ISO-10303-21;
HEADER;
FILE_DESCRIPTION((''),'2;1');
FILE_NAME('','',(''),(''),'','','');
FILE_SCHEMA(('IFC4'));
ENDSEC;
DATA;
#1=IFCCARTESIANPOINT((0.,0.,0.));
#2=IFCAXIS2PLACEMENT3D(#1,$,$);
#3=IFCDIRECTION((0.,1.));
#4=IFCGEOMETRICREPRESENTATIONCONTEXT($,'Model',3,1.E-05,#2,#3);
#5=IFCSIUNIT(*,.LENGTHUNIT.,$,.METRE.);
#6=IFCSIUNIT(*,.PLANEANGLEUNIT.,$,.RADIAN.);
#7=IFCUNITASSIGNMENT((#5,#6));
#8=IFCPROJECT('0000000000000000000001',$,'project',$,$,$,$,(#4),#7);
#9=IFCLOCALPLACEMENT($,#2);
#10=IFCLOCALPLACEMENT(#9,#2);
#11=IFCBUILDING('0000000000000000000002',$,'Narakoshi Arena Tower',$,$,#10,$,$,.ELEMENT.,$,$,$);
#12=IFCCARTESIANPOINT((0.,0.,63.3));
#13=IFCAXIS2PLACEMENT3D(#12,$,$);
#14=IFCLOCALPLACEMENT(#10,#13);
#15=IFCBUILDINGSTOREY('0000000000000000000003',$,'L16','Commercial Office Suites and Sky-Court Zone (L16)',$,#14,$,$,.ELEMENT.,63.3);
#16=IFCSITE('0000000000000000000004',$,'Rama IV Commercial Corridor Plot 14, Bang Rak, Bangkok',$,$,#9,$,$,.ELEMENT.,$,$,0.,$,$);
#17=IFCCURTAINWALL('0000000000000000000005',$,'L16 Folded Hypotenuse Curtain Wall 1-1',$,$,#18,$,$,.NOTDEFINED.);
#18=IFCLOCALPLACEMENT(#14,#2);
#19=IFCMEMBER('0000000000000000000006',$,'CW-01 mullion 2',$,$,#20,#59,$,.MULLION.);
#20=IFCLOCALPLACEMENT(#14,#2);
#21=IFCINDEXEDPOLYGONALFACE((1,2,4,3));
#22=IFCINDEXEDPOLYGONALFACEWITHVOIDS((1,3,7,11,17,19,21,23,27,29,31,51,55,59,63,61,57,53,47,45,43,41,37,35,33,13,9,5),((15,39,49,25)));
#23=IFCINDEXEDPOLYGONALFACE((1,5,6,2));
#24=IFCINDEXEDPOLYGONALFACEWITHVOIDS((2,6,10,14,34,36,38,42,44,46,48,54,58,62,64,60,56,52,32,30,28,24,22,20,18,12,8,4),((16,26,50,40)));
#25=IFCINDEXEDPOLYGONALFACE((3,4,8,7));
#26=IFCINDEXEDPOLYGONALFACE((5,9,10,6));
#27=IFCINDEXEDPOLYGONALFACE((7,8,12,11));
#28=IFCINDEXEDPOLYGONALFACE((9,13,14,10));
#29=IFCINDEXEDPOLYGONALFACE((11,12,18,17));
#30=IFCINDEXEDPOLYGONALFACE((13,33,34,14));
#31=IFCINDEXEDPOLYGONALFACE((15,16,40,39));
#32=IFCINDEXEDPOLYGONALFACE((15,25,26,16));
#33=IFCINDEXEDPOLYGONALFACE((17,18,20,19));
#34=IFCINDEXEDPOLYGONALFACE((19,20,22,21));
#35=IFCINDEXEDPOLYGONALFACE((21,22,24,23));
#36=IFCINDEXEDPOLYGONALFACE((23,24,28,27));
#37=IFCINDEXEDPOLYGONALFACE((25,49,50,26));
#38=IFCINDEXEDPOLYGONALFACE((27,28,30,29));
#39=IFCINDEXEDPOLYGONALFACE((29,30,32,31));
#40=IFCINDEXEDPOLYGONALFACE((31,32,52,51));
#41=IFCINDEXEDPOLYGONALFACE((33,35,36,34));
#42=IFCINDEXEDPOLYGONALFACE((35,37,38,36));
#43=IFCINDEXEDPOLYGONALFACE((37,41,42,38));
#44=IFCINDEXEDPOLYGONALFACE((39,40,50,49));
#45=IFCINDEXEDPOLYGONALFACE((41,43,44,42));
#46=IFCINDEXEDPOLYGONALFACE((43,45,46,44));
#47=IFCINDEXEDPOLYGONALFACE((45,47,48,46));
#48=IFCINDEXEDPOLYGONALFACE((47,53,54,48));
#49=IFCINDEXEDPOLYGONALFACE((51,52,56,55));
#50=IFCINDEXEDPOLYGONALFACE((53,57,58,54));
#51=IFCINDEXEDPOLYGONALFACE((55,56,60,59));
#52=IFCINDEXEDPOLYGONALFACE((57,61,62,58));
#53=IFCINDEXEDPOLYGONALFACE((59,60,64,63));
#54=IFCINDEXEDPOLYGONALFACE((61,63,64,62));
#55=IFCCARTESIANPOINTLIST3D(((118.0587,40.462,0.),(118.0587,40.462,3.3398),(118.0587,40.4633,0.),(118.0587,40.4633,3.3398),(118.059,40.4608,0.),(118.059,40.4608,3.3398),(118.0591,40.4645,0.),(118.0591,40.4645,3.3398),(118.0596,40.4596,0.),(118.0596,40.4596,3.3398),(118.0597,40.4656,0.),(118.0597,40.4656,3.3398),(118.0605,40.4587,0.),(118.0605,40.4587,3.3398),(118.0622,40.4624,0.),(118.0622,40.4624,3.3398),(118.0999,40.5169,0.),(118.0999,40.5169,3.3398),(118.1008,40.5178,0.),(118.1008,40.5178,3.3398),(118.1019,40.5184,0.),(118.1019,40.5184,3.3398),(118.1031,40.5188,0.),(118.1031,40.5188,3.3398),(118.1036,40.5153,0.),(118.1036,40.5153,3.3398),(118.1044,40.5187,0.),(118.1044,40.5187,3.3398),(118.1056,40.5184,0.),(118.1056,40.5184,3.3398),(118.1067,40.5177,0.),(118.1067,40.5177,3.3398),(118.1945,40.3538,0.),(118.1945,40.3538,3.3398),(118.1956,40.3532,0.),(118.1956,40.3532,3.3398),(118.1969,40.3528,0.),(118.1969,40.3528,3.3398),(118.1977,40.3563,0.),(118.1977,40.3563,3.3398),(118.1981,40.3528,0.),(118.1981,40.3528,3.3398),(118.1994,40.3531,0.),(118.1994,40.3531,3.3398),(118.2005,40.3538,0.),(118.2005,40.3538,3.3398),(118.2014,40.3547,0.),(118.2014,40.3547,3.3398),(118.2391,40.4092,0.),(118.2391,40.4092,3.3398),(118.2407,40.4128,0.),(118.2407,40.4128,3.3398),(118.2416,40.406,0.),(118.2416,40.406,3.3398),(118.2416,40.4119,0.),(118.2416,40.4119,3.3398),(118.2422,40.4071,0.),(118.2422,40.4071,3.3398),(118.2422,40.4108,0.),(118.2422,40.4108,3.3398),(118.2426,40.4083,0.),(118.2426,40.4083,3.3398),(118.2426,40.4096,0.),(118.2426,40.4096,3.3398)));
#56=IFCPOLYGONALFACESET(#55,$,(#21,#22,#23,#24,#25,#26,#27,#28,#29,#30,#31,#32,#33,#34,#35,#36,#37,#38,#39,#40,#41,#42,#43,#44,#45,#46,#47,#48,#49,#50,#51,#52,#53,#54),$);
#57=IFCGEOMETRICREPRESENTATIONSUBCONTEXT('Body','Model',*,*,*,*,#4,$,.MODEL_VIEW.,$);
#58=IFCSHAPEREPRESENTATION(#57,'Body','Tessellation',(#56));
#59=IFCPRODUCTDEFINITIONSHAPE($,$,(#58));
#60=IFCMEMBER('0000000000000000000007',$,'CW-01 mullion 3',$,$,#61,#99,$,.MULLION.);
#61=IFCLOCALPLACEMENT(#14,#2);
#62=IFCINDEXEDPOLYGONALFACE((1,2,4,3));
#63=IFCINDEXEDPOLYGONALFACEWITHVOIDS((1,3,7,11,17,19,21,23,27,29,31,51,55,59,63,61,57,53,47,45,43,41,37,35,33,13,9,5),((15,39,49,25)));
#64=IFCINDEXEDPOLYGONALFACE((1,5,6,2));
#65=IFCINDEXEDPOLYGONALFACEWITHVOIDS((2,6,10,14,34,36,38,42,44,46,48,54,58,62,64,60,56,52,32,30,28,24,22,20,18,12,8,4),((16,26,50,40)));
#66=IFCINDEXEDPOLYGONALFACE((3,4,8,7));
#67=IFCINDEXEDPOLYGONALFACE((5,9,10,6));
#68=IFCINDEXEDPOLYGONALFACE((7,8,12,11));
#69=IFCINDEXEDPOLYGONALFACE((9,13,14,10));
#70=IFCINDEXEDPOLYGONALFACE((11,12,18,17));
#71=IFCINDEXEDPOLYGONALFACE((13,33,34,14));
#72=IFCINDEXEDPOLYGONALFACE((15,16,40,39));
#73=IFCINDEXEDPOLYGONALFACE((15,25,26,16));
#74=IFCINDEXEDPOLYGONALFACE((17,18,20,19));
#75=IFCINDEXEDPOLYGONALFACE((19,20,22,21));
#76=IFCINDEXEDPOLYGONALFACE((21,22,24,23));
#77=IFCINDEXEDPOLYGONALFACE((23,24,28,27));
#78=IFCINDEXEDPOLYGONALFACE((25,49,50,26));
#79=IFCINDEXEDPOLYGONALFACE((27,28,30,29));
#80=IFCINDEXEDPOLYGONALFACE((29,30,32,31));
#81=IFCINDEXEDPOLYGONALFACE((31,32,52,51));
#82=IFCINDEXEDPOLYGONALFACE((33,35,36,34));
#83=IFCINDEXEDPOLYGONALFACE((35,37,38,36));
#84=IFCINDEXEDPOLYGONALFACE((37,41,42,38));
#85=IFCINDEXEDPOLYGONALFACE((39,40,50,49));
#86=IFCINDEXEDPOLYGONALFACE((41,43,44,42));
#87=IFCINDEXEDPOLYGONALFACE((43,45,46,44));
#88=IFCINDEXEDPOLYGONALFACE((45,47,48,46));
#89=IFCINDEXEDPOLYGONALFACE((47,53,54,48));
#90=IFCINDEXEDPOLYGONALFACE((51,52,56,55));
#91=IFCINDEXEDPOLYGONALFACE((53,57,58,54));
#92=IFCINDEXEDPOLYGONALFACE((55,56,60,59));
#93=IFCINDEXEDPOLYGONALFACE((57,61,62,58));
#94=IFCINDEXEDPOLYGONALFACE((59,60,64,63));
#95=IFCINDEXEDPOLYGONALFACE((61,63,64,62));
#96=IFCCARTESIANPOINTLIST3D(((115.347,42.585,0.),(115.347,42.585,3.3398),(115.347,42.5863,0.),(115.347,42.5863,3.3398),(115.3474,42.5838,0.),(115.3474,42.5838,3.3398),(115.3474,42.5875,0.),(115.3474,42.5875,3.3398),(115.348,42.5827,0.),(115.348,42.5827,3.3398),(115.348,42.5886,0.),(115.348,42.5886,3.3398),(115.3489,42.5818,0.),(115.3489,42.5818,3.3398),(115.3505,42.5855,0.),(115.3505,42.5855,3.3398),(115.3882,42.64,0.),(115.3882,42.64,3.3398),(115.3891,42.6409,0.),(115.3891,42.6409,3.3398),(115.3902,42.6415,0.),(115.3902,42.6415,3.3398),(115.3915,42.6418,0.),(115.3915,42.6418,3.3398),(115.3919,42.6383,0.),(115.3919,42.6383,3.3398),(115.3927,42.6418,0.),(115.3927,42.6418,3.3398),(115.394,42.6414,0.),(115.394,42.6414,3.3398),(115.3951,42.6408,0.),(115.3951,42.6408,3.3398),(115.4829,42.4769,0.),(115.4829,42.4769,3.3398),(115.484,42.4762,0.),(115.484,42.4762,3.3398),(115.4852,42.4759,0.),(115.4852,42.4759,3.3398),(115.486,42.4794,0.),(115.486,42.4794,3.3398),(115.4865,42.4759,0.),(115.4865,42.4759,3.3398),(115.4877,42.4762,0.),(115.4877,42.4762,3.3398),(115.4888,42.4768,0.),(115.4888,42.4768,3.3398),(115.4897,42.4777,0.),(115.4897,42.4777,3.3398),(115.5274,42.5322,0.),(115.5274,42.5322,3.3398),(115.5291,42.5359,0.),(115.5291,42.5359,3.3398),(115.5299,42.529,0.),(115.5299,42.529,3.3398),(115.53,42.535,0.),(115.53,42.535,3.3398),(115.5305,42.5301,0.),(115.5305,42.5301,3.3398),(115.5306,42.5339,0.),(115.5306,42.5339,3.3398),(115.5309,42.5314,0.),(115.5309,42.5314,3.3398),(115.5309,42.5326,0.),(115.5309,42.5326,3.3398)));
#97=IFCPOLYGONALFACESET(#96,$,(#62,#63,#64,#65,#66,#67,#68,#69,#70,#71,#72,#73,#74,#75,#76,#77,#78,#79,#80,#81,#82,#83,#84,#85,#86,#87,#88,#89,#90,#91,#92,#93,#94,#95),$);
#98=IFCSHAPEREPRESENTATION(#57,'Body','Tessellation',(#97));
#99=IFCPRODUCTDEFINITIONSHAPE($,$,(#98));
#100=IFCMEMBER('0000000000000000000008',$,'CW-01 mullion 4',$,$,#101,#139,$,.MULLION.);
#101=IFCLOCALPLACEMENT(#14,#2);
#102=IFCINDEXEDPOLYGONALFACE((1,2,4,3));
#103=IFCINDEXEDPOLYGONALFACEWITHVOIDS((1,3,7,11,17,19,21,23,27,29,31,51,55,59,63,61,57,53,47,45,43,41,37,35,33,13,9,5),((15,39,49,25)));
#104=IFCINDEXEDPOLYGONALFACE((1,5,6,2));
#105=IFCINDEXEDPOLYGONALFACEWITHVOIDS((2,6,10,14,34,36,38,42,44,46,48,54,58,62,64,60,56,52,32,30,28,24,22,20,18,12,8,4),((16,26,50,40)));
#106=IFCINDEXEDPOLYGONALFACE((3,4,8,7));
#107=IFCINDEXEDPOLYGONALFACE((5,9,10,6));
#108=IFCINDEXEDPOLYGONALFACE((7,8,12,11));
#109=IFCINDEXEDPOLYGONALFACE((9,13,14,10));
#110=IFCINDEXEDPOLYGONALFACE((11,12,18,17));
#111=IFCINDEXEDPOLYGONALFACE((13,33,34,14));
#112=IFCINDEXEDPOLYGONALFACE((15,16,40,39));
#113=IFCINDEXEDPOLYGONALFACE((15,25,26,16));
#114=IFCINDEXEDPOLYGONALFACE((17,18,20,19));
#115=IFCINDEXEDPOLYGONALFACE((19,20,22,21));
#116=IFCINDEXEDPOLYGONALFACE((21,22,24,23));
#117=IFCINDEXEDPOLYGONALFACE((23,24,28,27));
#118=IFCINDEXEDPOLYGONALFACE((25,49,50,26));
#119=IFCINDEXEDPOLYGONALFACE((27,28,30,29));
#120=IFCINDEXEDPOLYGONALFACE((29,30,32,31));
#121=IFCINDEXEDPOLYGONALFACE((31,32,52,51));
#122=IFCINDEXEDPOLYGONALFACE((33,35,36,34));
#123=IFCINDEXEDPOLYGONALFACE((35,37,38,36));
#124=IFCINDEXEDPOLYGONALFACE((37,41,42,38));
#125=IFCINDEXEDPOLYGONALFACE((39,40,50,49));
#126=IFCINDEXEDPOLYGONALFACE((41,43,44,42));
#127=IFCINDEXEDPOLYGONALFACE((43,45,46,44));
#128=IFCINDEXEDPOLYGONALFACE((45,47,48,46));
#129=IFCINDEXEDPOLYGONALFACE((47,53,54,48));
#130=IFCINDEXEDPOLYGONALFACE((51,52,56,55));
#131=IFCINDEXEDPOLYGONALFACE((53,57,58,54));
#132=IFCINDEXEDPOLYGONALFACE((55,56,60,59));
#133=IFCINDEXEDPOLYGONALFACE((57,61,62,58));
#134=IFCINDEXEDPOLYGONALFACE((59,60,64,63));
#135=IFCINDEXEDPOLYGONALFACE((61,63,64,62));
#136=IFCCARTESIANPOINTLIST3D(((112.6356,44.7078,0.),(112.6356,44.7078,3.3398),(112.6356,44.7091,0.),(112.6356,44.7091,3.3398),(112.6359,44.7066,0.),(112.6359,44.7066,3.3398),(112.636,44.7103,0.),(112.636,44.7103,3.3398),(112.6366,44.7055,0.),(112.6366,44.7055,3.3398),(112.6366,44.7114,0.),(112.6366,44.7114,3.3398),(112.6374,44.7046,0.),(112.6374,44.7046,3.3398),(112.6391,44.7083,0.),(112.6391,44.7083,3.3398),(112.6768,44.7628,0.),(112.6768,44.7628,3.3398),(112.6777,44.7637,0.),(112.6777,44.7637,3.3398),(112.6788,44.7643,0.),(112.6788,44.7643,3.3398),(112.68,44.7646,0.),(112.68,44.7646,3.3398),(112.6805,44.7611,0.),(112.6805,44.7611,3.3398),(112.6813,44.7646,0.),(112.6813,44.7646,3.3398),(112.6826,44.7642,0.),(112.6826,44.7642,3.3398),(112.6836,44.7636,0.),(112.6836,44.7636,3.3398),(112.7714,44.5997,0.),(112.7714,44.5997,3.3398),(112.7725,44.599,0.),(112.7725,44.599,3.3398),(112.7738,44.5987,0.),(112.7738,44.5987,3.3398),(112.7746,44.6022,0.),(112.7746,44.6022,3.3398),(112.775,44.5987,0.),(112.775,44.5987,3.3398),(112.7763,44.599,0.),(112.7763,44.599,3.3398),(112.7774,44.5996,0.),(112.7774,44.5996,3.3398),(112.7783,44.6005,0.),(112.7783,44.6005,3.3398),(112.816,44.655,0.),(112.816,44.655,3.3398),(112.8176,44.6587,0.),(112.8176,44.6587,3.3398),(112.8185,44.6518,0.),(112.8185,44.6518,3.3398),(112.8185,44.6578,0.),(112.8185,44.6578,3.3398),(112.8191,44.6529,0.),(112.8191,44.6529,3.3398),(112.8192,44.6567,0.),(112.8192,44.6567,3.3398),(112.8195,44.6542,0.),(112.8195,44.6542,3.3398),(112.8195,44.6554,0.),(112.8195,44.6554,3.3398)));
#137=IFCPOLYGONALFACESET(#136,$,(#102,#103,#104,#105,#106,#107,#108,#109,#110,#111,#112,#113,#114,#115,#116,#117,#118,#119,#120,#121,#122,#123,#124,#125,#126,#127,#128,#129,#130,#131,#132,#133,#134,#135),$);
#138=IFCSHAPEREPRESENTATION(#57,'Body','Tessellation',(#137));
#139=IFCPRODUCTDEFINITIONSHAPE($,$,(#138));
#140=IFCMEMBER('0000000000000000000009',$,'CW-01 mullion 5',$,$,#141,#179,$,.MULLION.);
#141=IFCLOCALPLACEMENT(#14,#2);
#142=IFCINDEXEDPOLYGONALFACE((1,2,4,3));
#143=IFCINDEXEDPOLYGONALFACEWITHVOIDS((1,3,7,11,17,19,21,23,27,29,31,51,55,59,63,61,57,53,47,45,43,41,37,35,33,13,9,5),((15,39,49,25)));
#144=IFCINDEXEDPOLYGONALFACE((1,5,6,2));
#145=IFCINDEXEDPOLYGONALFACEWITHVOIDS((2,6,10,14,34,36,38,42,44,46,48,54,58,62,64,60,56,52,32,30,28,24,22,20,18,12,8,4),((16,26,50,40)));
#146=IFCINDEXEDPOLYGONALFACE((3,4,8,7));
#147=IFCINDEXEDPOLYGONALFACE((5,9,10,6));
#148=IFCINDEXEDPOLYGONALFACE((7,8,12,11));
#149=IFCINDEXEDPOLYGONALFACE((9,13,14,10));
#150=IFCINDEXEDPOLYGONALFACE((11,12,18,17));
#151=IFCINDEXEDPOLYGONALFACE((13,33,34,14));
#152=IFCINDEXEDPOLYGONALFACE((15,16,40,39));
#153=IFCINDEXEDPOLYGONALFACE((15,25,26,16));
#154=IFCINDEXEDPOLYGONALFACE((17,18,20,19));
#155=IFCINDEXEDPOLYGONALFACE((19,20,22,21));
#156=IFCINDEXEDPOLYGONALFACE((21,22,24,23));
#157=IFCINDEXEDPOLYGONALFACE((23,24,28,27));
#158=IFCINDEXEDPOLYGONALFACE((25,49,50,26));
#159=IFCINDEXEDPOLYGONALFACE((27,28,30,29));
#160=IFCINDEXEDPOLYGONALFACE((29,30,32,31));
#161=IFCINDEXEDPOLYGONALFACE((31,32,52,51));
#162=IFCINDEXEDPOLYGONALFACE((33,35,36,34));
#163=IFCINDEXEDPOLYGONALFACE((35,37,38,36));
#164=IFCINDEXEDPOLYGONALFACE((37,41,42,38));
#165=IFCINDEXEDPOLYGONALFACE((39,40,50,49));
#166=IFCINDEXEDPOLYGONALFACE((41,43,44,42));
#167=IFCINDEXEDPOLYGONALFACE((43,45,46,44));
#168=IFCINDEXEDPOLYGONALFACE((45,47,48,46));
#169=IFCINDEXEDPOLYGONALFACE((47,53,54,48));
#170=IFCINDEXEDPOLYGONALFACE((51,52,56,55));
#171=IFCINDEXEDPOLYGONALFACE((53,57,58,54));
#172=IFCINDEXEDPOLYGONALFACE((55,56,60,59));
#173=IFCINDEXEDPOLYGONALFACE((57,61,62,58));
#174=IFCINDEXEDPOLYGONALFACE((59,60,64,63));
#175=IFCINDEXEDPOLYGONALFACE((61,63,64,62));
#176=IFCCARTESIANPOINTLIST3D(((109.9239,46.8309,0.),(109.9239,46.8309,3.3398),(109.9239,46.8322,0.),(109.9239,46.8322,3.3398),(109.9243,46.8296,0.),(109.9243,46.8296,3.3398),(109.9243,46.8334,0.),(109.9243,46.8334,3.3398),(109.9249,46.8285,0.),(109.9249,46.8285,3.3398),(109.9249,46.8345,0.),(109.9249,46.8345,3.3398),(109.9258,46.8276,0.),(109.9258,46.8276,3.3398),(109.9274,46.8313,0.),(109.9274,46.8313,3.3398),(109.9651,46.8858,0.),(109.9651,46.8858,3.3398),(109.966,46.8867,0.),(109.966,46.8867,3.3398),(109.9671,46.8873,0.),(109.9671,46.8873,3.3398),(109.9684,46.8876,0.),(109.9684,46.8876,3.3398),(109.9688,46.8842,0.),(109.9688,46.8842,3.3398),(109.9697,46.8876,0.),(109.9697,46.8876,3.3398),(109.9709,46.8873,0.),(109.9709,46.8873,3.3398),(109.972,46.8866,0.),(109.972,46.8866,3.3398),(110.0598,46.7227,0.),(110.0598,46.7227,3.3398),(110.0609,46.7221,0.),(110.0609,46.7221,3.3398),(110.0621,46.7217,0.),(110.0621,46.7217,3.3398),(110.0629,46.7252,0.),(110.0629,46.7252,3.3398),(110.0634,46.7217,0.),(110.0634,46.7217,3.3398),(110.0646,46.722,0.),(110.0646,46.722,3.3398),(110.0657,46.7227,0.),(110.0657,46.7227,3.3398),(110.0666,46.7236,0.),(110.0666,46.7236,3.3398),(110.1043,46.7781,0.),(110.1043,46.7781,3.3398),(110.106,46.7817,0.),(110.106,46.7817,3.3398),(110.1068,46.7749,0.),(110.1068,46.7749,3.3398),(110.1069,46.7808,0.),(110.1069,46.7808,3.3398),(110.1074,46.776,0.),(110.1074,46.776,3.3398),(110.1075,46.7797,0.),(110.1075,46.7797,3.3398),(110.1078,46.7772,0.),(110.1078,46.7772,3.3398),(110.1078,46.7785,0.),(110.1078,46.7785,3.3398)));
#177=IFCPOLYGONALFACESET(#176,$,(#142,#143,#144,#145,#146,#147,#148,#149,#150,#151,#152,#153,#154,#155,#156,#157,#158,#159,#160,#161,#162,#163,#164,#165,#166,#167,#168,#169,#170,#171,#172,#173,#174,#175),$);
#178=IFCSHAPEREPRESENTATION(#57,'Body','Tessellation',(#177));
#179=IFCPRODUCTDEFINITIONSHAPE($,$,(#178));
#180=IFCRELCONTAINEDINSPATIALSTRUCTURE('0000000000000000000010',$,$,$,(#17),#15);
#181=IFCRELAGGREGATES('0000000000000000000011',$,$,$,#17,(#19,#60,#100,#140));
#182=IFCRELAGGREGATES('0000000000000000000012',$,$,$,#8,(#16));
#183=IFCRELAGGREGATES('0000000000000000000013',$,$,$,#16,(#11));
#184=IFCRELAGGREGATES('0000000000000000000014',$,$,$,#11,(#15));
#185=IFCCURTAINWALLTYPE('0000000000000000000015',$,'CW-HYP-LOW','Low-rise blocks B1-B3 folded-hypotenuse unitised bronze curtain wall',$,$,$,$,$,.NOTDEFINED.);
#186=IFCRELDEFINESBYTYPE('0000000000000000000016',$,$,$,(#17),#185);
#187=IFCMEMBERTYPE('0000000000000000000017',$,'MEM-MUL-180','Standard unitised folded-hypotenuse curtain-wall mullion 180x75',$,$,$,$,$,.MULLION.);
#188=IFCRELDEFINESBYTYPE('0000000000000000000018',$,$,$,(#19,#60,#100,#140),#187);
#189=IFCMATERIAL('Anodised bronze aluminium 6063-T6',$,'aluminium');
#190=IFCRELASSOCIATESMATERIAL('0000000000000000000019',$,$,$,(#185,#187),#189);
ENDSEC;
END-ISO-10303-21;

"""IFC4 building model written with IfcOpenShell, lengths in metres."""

from ifc_helpers import new_model, si_unit, direction, frame, origin, origin_2d, place, context, subcontext, project, spatial, hollow_rectangle, extrude, material, material_profile, profile_set, type_object, element, aggregate, save


model = new_model("IFC4")

# Units and contexts
model_context = context("Model", 3, precision=1e-05, world=origin(), true_north=direction((0.0, 1.0)))
body_context = subcontext(model_context, "Body", "Model", "MODEL_VIEW")
ifc_project = project(units=[si_unit("LENGTHUNIT", "METRE"), si_unit("PLANEANGLEUNIT", "RADIAN")], contexts=[model_context])

# Site, building, storey
site_placement = place(None, origin())
site = spatial("IfcSite", under=ifc_project, at=site_placement, Name="Rama IV Commercial Corridor Plot 14, Bang Rak, Bangkok", CompositionType="ELEMENT", RefElevation=0.0)
building_placement = place(site_placement, origin())
building = spatial("IfcBuilding", under=site, at=building_placement, Name="Narakoshi Arena Tower", CompositionType="ELEMENT")
storey_placement = place(building_placement, frame((0.0, 0.0, 63.3)))
storey = spatial("IfcBuildingStorey", under=building, at=storey_placement, Name="L16", Description="Commercial Office Suites and Sky-Court Zone (L16)", CompositionType="ELEMENT", Elevation=63.3)

# Curtain wall, members
ifc_material_1 = material(Name="Anodised bronze aluminium 6063-T6", Category="aluminium")
curtain_wall_type = type_object("IfcCurtainWallType", Name="CW-HYP-LOW", Description="Low-rise blocks B1-B3 folded-hypotenuse unitised bronze curtain wall", PredefinedType="NOTDEFINED", material=ifc_material_1)
curtain_wall_placement = place(storey_placement, origin())
curtain_wall = element("IfcCurtainWall", 1, at=curtain_wall_placement, inside=storey, type_object=curtain_wall_type, Name="L16 Folded Hypotenuse Curtain Wall 1-1", PredefinedType="NOTDEFINED")
ifc_material_profile_1 = material_profile(ifc_material_1, hollow_rectangle(XDim=0.075, YDim=0.1799, WallThickness=0.0039, OuterFilletRadius=0.0049, at=origin_2d()), Name="MUL180x75x4")
ifc_profile_set_1 = profile_set([ifc_material_profile_1], Name="Anodised bronze aluminium 6063-T6")
member_type_1 = type_object("IfcMemberType", Name="MEM-MUL-180", Description="Standard unitised folded-hypotenuse curtain-wall mullion 180x75", PredefinedType="MULLION", material=ifc_profile_set_1)
member_1_placement = place(storey_placement, frame((118.1506, 40.4358, 0.0), z_axis=(0.0, 0.0, 1.0), x_axis=(-0.616458, -0.787388, 0.0)))
member_1 = element("IfcMember", 2, at=member_1_placement, type_object=member_type_1, Name="CW-01 mullion 2", PredefinedType="MULLION", context=body_context, shape_type="SweptSolid", body=[
    extrude(hollow_rectangle(XDim=0.075, YDim=0.1799, WallThickness=0.0039, OuterFilletRadius=0.0049, at=origin_2d()), origin(), (0.0, 0.0, 1.0), 3.3398),
])
member_2_placement = place(storey_placement, frame((115.439, 42.5588, 0.0), z_axis=(0.0, 0.0, 1.0), x_axis=(-0.616458, -0.787388, 0.0)))
member_2 = element("IfcMember", 3, at=member_2_placement, type_object=member_type_1, Name="CW-01 mullion 3", PredefinedType="MULLION", context=body_context, shape_type="SweptSolid", body=[
    extrude(hollow_rectangle(XDim=0.075, YDim=0.1799, WallThickness=0.0039, OuterFilletRadius=0.0049, at=origin_2d()), origin(), (0.0, 0.0, 1.0), 3.3398),
])
member_3_placement = place(storey_placement, frame((112.7275, 44.6816, 0.0), z_axis=(0.0, 0.0, 1.0), x_axis=(-0.616458, -0.787388, 0.0)))
member_3 = element("IfcMember", 4, at=member_3_placement, type_object=member_type_1, Name="CW-01 mullion 4", PredefinedType="MULLION", context=body_context, shape_type="SweptSolid", body=[
    extrude(hollow_rectangle(XDim=0.075, YDim=0.1799, WallThickness=0.0039, OuterFilletRadius=0.0049, at=origin_2d()), origin(), (0.0, 0.0, 1.0), 3.3398),
])
member_4_placement = place(storey_placement, frame((110.0159, 46.8047, 0.0), z_axis=(0.0, 0.0, 1.0), x_axis=(-0.616458, -0.787388, 0.0)))
member_4 = element("IfcMember", 5, at=member_4_placement, type_object=member_type_1, Name="CW-01 mullion 5", PredefinedType="MULLION", context=body_context, shape_type="SweptSolid", body=[
    extrude(hollow_rectangle(XDim=0.075, YDim=0.1799, WallThickness=0.0039, OuterFilletRadius=0.0049, at=origin_2d()), origin(), (0.0, 0.0, 1.0), 3.3398),
])
aggregate(curtain_wall, [member_1, member_2, member_3, member_4])

save(model, "model.ifc")
